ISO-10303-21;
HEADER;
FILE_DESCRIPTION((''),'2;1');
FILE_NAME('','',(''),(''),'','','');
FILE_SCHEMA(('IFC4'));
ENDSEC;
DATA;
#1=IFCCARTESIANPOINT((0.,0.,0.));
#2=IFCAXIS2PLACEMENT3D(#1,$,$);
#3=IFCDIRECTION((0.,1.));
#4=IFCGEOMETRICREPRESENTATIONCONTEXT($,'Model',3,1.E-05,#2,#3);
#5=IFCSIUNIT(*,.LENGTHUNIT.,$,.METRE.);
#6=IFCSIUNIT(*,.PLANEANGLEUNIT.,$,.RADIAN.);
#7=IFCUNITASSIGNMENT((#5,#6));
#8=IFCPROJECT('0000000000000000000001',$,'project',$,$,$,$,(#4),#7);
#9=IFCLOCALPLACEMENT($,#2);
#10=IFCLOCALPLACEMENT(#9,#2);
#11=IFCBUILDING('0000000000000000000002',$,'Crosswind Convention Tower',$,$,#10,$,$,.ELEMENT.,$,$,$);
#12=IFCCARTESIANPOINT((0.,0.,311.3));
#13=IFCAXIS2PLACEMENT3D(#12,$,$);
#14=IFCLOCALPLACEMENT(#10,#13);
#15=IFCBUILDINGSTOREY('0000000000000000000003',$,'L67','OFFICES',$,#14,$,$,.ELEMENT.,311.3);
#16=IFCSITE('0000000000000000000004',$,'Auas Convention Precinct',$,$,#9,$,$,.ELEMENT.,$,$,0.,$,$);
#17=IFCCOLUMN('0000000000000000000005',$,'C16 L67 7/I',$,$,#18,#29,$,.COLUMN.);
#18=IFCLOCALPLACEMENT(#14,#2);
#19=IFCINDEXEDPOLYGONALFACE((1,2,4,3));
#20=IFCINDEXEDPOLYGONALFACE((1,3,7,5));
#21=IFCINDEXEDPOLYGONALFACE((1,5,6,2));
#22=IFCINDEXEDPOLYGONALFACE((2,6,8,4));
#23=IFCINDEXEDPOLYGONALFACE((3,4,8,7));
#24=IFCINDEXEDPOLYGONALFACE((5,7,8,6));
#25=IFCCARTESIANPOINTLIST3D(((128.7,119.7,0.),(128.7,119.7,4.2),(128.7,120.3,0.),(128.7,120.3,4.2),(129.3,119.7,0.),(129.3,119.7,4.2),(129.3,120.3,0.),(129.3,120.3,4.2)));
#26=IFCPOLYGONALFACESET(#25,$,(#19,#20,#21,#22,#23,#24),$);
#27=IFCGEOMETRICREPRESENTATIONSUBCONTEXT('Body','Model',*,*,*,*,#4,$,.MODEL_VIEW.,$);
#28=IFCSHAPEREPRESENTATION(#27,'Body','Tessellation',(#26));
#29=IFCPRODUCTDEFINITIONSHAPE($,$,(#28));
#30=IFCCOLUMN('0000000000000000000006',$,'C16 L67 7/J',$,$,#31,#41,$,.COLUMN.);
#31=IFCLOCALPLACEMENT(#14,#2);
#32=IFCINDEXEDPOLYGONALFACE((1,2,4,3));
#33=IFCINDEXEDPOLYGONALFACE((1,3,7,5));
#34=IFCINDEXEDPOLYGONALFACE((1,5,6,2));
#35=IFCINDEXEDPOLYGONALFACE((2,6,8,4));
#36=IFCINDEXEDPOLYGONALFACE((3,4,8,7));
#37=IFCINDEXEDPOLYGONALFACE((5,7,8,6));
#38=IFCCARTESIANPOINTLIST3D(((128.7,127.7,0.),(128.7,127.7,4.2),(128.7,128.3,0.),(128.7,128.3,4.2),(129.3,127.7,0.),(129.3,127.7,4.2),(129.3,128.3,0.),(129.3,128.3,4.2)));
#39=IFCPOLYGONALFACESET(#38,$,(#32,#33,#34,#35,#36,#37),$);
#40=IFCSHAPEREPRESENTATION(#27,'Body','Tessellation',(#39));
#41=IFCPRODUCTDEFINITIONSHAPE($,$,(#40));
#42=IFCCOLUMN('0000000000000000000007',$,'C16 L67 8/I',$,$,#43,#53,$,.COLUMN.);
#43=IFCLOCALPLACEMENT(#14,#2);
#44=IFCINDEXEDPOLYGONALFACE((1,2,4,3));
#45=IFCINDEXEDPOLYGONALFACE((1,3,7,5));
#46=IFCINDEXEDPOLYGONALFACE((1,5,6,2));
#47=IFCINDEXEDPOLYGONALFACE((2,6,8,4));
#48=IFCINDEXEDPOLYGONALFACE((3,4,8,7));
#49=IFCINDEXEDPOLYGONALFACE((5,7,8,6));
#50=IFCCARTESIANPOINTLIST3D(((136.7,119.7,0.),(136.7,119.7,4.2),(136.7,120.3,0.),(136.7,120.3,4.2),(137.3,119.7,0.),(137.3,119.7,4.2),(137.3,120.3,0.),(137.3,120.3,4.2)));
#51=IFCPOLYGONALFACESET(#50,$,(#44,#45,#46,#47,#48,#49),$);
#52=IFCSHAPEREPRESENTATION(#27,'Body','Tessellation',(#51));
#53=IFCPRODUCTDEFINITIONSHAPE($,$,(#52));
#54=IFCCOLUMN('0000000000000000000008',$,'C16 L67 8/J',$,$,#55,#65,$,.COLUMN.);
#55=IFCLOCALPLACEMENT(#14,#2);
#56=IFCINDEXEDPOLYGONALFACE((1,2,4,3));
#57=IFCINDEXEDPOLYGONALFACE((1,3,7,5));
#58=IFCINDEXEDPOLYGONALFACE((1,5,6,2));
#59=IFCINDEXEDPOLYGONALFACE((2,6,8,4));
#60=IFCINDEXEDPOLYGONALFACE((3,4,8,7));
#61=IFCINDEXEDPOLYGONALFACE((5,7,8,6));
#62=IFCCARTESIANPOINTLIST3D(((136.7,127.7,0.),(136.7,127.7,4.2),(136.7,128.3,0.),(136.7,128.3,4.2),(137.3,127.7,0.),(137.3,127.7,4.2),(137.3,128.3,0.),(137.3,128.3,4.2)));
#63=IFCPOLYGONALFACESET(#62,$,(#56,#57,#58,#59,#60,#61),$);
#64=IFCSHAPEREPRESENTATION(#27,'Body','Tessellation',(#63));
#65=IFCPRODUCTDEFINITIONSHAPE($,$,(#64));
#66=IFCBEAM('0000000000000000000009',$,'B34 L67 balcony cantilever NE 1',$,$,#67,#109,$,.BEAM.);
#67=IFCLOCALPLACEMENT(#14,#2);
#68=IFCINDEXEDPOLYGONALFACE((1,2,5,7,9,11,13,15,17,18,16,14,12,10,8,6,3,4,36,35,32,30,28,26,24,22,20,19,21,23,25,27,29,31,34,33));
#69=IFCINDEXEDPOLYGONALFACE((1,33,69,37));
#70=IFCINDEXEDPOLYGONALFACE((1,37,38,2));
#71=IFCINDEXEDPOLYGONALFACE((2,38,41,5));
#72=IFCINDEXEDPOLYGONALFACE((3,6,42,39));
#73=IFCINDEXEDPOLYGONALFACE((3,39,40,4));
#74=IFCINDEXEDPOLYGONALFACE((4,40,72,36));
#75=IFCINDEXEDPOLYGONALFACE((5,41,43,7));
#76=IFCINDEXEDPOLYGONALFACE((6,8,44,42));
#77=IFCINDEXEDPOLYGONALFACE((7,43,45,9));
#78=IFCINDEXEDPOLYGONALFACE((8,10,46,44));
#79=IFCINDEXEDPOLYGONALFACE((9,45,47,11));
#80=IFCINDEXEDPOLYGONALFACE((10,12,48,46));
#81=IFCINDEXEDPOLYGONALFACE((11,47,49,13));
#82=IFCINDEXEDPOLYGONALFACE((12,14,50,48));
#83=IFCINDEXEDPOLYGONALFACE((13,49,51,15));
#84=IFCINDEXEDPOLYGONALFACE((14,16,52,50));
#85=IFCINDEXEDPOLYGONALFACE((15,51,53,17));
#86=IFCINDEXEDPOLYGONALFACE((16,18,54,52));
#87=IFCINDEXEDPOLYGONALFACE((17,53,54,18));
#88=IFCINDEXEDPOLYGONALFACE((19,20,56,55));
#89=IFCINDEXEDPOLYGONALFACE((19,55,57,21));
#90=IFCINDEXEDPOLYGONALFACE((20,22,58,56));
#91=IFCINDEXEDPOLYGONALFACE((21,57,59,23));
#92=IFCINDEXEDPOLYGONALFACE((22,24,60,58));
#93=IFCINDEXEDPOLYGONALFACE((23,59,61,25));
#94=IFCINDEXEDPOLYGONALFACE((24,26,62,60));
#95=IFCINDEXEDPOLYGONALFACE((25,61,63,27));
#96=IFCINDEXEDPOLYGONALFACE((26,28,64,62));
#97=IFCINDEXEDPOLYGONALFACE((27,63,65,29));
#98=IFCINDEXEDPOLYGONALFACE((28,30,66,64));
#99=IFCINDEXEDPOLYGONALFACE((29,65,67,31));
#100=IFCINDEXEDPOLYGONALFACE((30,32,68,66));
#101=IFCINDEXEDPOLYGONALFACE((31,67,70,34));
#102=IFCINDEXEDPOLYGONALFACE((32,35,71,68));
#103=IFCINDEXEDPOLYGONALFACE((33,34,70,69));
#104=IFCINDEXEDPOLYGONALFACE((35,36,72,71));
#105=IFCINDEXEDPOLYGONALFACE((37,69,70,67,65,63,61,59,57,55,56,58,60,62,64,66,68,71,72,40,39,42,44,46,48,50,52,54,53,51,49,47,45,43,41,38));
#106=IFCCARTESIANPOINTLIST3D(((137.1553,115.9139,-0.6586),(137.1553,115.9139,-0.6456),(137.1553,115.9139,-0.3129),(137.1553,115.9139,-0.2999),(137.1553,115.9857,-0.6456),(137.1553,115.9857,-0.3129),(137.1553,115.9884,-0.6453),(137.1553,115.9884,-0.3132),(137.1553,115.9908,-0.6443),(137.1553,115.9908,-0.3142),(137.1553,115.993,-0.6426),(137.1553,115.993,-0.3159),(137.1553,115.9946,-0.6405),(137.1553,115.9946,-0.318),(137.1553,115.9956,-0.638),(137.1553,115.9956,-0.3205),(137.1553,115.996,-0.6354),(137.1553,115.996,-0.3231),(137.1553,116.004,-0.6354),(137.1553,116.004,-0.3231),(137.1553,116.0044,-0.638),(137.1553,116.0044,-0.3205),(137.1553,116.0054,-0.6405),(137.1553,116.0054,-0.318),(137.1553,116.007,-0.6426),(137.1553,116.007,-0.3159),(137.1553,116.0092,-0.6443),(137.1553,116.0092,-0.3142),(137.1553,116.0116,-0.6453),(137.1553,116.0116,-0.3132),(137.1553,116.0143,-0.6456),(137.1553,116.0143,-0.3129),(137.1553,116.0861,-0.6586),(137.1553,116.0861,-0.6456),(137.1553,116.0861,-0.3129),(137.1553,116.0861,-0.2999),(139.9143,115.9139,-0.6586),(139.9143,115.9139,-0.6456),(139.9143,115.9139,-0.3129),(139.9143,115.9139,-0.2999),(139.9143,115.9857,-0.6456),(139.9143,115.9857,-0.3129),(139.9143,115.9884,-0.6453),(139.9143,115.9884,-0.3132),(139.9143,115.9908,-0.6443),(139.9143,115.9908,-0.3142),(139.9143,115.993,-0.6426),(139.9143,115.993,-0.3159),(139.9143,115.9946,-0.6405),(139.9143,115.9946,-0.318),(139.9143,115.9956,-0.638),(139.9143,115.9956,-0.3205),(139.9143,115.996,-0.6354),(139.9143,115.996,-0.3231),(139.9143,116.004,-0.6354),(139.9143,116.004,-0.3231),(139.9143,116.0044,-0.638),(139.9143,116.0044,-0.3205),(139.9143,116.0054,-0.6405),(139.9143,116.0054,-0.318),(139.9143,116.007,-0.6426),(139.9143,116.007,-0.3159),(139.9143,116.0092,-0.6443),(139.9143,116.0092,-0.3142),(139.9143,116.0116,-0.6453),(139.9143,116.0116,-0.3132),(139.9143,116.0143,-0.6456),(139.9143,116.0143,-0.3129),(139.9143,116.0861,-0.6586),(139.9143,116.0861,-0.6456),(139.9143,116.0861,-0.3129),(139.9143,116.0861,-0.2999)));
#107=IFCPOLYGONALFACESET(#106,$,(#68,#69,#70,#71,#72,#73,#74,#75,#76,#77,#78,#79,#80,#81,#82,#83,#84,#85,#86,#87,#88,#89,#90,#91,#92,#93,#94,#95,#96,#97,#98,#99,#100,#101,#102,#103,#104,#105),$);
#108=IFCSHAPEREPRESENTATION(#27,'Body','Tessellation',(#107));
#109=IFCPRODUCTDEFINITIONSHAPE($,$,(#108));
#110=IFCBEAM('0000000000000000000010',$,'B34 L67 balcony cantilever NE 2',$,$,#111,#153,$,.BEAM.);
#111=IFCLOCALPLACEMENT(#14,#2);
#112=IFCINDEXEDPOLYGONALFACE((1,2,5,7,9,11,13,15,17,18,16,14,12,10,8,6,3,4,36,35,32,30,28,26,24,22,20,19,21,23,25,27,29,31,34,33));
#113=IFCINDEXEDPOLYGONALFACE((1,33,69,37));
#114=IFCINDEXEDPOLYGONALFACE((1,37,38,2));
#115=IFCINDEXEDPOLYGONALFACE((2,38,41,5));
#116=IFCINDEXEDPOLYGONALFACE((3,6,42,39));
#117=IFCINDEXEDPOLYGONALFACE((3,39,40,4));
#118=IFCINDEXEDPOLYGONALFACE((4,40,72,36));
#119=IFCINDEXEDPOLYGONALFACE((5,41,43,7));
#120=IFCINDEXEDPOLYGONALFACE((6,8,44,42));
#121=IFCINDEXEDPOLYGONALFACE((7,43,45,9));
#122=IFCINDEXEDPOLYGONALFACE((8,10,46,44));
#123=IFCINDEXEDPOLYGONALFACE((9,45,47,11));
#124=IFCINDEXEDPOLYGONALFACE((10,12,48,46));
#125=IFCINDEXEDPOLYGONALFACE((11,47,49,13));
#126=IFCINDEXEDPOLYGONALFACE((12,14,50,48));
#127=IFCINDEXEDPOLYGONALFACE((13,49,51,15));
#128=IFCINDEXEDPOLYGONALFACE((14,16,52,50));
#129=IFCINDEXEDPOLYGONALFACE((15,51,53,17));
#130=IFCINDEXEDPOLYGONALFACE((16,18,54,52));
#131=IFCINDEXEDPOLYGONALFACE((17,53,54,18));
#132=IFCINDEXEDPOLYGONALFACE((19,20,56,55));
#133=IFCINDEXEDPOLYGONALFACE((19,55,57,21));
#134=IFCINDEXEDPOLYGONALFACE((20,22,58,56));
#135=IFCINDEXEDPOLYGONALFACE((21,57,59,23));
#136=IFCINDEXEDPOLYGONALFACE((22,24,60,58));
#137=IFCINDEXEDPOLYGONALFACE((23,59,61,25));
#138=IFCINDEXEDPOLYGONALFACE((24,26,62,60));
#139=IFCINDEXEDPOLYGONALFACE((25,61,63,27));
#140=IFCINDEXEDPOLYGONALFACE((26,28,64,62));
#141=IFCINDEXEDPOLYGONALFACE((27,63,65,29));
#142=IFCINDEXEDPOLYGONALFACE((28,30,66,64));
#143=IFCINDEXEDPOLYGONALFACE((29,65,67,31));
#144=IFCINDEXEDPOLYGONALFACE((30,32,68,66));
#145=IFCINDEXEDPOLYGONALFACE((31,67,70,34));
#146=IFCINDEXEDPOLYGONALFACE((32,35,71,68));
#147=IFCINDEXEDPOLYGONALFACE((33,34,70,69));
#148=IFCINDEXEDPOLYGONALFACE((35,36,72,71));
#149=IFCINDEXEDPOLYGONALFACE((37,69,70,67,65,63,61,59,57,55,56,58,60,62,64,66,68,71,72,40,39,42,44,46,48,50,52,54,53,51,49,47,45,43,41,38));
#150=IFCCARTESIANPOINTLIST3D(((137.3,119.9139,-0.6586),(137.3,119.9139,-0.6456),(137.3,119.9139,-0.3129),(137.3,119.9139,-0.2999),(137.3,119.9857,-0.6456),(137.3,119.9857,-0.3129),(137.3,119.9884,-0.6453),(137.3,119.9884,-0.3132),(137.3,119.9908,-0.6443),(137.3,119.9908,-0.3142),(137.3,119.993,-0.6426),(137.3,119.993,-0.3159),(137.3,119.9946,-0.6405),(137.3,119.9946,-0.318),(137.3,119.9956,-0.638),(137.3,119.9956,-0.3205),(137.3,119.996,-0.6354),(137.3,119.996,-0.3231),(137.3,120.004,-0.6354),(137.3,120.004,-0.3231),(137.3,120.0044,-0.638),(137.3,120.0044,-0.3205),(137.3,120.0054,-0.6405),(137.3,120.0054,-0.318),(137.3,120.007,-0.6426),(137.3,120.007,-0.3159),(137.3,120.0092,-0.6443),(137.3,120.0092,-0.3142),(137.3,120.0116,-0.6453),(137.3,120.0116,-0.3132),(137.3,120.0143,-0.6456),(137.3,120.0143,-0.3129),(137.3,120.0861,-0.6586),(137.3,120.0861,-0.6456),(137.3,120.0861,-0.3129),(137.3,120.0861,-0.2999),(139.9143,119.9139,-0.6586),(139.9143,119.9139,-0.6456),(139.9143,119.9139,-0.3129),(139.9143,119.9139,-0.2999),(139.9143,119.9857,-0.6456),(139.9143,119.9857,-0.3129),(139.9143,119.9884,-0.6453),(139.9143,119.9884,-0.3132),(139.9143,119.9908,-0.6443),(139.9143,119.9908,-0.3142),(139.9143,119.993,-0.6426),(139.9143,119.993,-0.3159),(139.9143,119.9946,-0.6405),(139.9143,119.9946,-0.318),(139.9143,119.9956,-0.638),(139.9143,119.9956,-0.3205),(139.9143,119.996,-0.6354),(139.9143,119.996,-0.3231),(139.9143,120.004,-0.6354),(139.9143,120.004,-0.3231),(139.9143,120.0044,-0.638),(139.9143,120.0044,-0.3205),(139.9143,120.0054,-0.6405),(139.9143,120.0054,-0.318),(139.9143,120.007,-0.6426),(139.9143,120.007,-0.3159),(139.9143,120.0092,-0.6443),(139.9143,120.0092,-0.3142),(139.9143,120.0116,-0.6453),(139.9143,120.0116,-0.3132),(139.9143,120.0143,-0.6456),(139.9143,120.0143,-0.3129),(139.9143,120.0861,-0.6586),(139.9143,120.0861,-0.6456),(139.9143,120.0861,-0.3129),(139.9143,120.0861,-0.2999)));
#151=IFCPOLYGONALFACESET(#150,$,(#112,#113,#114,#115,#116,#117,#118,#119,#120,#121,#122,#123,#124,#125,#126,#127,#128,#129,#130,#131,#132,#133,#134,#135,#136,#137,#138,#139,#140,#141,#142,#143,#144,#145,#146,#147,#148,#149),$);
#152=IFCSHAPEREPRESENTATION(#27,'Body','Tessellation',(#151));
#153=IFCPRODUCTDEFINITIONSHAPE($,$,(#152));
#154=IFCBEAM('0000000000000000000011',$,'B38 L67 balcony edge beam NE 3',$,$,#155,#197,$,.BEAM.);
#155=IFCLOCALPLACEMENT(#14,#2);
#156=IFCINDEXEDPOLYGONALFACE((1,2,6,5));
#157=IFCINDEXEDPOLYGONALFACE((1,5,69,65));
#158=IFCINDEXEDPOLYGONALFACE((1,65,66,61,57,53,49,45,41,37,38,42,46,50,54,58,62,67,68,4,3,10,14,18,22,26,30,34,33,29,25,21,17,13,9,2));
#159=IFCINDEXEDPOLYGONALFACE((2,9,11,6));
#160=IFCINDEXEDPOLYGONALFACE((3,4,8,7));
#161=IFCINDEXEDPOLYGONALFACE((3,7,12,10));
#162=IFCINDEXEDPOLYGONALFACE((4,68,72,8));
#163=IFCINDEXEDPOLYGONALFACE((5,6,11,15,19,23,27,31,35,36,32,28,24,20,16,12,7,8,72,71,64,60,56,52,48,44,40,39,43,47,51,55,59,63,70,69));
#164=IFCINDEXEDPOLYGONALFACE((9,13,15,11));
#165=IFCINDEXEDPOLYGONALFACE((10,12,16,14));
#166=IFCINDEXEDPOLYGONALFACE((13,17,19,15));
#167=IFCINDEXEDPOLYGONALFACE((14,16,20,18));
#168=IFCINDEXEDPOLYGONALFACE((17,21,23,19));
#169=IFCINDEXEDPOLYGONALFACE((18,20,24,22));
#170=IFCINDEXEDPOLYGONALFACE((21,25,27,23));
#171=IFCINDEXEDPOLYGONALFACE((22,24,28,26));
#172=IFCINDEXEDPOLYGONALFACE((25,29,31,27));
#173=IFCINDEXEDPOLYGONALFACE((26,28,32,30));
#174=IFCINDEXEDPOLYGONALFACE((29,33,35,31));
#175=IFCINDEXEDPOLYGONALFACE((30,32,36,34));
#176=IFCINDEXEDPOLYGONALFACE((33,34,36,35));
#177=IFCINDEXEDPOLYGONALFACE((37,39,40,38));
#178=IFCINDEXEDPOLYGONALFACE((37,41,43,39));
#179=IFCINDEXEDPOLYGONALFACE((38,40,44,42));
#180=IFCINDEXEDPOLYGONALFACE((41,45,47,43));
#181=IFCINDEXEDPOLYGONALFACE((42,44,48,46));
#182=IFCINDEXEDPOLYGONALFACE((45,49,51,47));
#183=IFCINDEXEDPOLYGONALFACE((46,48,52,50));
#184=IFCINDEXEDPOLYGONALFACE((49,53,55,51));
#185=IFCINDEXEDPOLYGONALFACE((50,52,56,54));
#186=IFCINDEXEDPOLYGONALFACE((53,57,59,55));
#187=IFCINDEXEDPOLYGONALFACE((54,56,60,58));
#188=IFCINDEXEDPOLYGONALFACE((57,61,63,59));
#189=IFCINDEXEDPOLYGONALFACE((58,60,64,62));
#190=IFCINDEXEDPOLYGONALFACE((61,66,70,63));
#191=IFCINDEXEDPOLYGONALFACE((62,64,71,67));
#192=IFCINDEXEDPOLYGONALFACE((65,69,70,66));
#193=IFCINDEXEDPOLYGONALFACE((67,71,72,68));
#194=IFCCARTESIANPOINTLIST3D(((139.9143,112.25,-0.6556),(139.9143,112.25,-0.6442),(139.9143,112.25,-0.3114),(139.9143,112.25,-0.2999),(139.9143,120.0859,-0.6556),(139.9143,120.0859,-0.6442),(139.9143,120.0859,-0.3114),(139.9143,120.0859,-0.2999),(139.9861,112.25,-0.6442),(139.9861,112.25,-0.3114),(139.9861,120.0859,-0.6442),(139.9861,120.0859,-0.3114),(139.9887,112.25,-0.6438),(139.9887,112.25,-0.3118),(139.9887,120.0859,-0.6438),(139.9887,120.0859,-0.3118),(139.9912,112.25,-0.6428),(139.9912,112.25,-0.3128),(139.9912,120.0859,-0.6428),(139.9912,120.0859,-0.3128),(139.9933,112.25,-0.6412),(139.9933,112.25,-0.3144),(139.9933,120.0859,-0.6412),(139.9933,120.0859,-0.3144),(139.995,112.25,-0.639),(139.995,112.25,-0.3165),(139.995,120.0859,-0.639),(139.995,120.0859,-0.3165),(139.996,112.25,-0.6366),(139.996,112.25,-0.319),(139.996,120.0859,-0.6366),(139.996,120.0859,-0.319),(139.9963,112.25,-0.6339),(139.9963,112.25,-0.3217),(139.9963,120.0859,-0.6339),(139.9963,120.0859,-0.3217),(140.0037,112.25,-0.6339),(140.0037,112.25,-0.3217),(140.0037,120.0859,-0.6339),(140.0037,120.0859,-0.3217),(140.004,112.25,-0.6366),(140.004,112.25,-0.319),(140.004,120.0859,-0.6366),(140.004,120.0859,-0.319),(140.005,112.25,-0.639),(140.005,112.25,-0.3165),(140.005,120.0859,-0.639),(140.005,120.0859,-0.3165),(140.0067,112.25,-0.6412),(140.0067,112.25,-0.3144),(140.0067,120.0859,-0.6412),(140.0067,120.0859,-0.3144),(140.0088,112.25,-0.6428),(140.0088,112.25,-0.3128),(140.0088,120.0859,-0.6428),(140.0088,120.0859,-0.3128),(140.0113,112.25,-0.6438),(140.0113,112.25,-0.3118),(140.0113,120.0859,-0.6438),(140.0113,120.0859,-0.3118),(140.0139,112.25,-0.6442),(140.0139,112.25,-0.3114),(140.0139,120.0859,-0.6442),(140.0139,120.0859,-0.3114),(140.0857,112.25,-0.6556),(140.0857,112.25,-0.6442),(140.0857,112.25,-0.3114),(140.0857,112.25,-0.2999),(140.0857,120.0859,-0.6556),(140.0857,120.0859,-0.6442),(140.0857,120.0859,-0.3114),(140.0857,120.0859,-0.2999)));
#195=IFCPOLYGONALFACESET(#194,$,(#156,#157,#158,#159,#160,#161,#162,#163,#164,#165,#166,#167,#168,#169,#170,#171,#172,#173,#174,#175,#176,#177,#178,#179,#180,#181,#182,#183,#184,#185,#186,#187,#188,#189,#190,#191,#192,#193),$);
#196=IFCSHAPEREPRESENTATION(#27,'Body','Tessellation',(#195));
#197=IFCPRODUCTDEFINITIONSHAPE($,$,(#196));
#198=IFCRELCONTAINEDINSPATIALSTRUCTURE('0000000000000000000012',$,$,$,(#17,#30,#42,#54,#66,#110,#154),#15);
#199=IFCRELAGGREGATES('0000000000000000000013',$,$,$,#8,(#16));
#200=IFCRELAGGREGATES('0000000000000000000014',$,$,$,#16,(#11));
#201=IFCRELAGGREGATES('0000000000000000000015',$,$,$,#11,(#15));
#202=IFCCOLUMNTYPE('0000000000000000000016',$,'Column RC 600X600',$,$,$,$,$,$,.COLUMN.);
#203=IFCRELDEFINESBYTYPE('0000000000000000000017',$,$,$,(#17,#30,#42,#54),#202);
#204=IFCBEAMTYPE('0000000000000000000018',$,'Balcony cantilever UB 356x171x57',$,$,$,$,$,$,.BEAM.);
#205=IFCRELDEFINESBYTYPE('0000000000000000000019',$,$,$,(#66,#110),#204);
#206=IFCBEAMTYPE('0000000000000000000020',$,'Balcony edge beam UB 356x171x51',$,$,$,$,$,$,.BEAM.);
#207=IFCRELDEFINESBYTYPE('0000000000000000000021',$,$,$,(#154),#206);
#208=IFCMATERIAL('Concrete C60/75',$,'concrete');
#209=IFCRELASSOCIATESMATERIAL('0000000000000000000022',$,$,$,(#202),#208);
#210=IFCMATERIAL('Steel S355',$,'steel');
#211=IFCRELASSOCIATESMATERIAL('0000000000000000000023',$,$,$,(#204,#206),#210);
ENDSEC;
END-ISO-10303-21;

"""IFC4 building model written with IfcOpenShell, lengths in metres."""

from ifc_helpers import new_model, si_unit, direction, frame, origin, origin_2d, place, context, subcontext, project, spatial, rectangle, i_section, extrude, material, material_profile, profile_set, type_object, element, save


model = new_model("IFC4")

# Units and contexts
model_context = context("Model", 3, precision=1e-05, world=origin(), true_north=direction((0.0, 1.0)))
body_context = subcontext(model_context, "Body", "Model", "MODEL_VIEW")
ifc_project = project(units=[si_unit("LENGTHUNIT", "METRE"), si_unit("PLANEANGLEUNIT", "RADIAN")], contexts=[model_context])

# Site, building, storey
site_placement = place(None, origin())
site = spatial("IfcSite", under=ifc_project, at=site_placement, Name="Auas Convention Precinct", CompositionType="ELEMENT", RefElevation=0.0)
building_placement = place(site_placement, origin())
building = spatial("IfcBuilding", under=site, at=building_placement, Name="Crosswind Convention Tower", CompositionType="ELEMENT")
storey_placement = place(building_placement, frame((0.0, 0.0, 311.3)))
storey = spatial("IfcBuildingStorey", under=building, at=storey_placement, Name="L67", Description="OFFICES", CompositionType="ELEMENT", Elevation=311.3)

# Columns
ifc_material_1 = material(Name="Concrete C60/75", Category="concrete")
ifc_material_profile_1 = material_profile(ifc_material_1, rectangle(XDim=0.6001, YDim=0.6001, at=origin_2d()), Name="RC 600X600")
ifc_profile_set_1 = profile_set([ifc_material_profile_1], Name="Concrete C60/75")
column_type = type_object("IfcColumnType", Name="Column RC 600X600", PredefinedType="COLUMN", material=ifc_profile_set_1)
for number, where, z_axis, x_axis, name in (
    (1, (129.0, 120.0, 0.0), (0.0, 0.0, 1.0), (1.0, 0.0, 0.0), "C16 L67 7/I"),
    (2, (129.0, 128.0, 0.0), (0.0, 0.0, 1.0), (1.0, 0.0, 0.0), "C16 L67 7/J"),
    (3, (137.0, 120.0, 0.0), (0.0, 0.0, 1.0), (1.0, 0.0, 0.0), "C16 L67 8/I"),
    (4, (137.0, 128.0, 0.0), (0.0, 0.0, 1.0), (1.0, 0.0, 0.0), "C16 L67 8/J"),
):
    element("IfcColumn", number, at=place(storey_placement, frame(where, z_axis=z_axis, x_axis=x_axis)), inside=storey, type_object=column_type, Name=name, PredefinedType="COLUMN", context=body_context, shape_type="SweptSolid", body=[
        extrude(rectangle(XDim=0.6001, YDim=0.6001, at=origin_2d()), origin(), (0.0, 0.0, 1.0), 4.2),
    ])

# Beams
ifc_material_2 = material(Name="Steel S355", Category="steel")
ifc_material_profile_2 = material_profile(ifc_material_2, i_section(OverallWidth=0.1721, OverallDepth=0.3586, WebThickness=0.0081, FlangeThickness=0.0129, FilletRadius=0.0103, at=origin_2d()), Name="UB 356x171x57")
ifc_profile_set_2 = profile_set([ifc_material_profile_2], Name="Steel S355")
beam_type_1 = type_object("IfcBeamType", Name="Balcony cantilever UB 356x171x57", PredefinedType="BEAM", material=ifc_profile_set_2)
beam_1_placement = place(storey_placement, frame((137.1553, 116.0, -0.4792), z_axis=(1.0, 0.0, 0.0), x_axis=(0.0, 1.0, 0.0)))
element("IfcBeam", 5, at=beam_1_placement, inside=storey, type_object=beam_type_1, Name="B34 L67 balcony cantilever NE 1", PredefinedType="BEAM", context=body_context, shape_type="SweptSolid", body=[
    extrude(i_section(OverallWidth=0.1721, OverallDepth=0.3586, WebThickness=0.0081, FlangeThickness=0.0129, FilletRadius=0.0103, at=origin_2d()), origin(), (0.0, 0.0, 1.0), 2.759),
])
beam_2_placement = place(storey_placement, frame((137.3, 120.0, -0.4792), z_axis=(1.0, 0.0, 0.0), x_axis=(0.0, 1.0, 0.0)))
element("IfcBeam", 6, at=beam_2_placement, inside=storey, type_object=beam_type_1, Name="B34 L67 balcony cantilever NE 2", PredefinedType="BEAM", context=body_context, shape_type="SweptSolid", body=[
    extrude(i_section(OverallWidth=0.1721, OverallDepth=0.3586, WebThickness=0.0081, FlangeThickness=0.0129, FilletRadius=0.0103, at=origin_2d()), origin(), (0.0, 0.0, 1.0), 2.6143),
])
ifc_material_profile_3 = material_profile(ifc_material_2, i_section(OverallWidth=0.1714, OverallDepth=0.3557, WebThickness=0.0073, FlangeThickness=0.0115, FilletRadius=0.0103, at=origin_2d()), Name="UB 356x171x51")
ifc_profile_set_3 = profile_set([ifc_material_profile_3], Name="Steel S355")
beam_type_2 = type_object("IfcBeamType", Name="Balcony edge beam UB 356x171x51", PredefinedType="BEAM", material=ifc_profile_set_3)
beam_3_placement = place(storey_placement, frame((140.0, 112.25, -0.4778), z_axis=(0.0, 1.0, 0.0), x_axis=(-1.0, 0.0, 0.0)))
element("IfcBeam", 7, at=beam_3_placement, inside=storey, type_object=beam_type_2, Name="B38 L67 balcony edge beam NE 3", PredefinedType="BEAM", context=body_context, shape_type="SweptSolid", body=[
    extrude(i_section(OverallWidth=0.1714, OverallDepth=0.3557, WebThickness=0.0073, FlangeThickness=0.0115, FilletRadius=0.0103, at=origin_2d()), origin(), (0.0, 0.0, 1.0), 7.8359),
])

save(model, "model.ifc")
